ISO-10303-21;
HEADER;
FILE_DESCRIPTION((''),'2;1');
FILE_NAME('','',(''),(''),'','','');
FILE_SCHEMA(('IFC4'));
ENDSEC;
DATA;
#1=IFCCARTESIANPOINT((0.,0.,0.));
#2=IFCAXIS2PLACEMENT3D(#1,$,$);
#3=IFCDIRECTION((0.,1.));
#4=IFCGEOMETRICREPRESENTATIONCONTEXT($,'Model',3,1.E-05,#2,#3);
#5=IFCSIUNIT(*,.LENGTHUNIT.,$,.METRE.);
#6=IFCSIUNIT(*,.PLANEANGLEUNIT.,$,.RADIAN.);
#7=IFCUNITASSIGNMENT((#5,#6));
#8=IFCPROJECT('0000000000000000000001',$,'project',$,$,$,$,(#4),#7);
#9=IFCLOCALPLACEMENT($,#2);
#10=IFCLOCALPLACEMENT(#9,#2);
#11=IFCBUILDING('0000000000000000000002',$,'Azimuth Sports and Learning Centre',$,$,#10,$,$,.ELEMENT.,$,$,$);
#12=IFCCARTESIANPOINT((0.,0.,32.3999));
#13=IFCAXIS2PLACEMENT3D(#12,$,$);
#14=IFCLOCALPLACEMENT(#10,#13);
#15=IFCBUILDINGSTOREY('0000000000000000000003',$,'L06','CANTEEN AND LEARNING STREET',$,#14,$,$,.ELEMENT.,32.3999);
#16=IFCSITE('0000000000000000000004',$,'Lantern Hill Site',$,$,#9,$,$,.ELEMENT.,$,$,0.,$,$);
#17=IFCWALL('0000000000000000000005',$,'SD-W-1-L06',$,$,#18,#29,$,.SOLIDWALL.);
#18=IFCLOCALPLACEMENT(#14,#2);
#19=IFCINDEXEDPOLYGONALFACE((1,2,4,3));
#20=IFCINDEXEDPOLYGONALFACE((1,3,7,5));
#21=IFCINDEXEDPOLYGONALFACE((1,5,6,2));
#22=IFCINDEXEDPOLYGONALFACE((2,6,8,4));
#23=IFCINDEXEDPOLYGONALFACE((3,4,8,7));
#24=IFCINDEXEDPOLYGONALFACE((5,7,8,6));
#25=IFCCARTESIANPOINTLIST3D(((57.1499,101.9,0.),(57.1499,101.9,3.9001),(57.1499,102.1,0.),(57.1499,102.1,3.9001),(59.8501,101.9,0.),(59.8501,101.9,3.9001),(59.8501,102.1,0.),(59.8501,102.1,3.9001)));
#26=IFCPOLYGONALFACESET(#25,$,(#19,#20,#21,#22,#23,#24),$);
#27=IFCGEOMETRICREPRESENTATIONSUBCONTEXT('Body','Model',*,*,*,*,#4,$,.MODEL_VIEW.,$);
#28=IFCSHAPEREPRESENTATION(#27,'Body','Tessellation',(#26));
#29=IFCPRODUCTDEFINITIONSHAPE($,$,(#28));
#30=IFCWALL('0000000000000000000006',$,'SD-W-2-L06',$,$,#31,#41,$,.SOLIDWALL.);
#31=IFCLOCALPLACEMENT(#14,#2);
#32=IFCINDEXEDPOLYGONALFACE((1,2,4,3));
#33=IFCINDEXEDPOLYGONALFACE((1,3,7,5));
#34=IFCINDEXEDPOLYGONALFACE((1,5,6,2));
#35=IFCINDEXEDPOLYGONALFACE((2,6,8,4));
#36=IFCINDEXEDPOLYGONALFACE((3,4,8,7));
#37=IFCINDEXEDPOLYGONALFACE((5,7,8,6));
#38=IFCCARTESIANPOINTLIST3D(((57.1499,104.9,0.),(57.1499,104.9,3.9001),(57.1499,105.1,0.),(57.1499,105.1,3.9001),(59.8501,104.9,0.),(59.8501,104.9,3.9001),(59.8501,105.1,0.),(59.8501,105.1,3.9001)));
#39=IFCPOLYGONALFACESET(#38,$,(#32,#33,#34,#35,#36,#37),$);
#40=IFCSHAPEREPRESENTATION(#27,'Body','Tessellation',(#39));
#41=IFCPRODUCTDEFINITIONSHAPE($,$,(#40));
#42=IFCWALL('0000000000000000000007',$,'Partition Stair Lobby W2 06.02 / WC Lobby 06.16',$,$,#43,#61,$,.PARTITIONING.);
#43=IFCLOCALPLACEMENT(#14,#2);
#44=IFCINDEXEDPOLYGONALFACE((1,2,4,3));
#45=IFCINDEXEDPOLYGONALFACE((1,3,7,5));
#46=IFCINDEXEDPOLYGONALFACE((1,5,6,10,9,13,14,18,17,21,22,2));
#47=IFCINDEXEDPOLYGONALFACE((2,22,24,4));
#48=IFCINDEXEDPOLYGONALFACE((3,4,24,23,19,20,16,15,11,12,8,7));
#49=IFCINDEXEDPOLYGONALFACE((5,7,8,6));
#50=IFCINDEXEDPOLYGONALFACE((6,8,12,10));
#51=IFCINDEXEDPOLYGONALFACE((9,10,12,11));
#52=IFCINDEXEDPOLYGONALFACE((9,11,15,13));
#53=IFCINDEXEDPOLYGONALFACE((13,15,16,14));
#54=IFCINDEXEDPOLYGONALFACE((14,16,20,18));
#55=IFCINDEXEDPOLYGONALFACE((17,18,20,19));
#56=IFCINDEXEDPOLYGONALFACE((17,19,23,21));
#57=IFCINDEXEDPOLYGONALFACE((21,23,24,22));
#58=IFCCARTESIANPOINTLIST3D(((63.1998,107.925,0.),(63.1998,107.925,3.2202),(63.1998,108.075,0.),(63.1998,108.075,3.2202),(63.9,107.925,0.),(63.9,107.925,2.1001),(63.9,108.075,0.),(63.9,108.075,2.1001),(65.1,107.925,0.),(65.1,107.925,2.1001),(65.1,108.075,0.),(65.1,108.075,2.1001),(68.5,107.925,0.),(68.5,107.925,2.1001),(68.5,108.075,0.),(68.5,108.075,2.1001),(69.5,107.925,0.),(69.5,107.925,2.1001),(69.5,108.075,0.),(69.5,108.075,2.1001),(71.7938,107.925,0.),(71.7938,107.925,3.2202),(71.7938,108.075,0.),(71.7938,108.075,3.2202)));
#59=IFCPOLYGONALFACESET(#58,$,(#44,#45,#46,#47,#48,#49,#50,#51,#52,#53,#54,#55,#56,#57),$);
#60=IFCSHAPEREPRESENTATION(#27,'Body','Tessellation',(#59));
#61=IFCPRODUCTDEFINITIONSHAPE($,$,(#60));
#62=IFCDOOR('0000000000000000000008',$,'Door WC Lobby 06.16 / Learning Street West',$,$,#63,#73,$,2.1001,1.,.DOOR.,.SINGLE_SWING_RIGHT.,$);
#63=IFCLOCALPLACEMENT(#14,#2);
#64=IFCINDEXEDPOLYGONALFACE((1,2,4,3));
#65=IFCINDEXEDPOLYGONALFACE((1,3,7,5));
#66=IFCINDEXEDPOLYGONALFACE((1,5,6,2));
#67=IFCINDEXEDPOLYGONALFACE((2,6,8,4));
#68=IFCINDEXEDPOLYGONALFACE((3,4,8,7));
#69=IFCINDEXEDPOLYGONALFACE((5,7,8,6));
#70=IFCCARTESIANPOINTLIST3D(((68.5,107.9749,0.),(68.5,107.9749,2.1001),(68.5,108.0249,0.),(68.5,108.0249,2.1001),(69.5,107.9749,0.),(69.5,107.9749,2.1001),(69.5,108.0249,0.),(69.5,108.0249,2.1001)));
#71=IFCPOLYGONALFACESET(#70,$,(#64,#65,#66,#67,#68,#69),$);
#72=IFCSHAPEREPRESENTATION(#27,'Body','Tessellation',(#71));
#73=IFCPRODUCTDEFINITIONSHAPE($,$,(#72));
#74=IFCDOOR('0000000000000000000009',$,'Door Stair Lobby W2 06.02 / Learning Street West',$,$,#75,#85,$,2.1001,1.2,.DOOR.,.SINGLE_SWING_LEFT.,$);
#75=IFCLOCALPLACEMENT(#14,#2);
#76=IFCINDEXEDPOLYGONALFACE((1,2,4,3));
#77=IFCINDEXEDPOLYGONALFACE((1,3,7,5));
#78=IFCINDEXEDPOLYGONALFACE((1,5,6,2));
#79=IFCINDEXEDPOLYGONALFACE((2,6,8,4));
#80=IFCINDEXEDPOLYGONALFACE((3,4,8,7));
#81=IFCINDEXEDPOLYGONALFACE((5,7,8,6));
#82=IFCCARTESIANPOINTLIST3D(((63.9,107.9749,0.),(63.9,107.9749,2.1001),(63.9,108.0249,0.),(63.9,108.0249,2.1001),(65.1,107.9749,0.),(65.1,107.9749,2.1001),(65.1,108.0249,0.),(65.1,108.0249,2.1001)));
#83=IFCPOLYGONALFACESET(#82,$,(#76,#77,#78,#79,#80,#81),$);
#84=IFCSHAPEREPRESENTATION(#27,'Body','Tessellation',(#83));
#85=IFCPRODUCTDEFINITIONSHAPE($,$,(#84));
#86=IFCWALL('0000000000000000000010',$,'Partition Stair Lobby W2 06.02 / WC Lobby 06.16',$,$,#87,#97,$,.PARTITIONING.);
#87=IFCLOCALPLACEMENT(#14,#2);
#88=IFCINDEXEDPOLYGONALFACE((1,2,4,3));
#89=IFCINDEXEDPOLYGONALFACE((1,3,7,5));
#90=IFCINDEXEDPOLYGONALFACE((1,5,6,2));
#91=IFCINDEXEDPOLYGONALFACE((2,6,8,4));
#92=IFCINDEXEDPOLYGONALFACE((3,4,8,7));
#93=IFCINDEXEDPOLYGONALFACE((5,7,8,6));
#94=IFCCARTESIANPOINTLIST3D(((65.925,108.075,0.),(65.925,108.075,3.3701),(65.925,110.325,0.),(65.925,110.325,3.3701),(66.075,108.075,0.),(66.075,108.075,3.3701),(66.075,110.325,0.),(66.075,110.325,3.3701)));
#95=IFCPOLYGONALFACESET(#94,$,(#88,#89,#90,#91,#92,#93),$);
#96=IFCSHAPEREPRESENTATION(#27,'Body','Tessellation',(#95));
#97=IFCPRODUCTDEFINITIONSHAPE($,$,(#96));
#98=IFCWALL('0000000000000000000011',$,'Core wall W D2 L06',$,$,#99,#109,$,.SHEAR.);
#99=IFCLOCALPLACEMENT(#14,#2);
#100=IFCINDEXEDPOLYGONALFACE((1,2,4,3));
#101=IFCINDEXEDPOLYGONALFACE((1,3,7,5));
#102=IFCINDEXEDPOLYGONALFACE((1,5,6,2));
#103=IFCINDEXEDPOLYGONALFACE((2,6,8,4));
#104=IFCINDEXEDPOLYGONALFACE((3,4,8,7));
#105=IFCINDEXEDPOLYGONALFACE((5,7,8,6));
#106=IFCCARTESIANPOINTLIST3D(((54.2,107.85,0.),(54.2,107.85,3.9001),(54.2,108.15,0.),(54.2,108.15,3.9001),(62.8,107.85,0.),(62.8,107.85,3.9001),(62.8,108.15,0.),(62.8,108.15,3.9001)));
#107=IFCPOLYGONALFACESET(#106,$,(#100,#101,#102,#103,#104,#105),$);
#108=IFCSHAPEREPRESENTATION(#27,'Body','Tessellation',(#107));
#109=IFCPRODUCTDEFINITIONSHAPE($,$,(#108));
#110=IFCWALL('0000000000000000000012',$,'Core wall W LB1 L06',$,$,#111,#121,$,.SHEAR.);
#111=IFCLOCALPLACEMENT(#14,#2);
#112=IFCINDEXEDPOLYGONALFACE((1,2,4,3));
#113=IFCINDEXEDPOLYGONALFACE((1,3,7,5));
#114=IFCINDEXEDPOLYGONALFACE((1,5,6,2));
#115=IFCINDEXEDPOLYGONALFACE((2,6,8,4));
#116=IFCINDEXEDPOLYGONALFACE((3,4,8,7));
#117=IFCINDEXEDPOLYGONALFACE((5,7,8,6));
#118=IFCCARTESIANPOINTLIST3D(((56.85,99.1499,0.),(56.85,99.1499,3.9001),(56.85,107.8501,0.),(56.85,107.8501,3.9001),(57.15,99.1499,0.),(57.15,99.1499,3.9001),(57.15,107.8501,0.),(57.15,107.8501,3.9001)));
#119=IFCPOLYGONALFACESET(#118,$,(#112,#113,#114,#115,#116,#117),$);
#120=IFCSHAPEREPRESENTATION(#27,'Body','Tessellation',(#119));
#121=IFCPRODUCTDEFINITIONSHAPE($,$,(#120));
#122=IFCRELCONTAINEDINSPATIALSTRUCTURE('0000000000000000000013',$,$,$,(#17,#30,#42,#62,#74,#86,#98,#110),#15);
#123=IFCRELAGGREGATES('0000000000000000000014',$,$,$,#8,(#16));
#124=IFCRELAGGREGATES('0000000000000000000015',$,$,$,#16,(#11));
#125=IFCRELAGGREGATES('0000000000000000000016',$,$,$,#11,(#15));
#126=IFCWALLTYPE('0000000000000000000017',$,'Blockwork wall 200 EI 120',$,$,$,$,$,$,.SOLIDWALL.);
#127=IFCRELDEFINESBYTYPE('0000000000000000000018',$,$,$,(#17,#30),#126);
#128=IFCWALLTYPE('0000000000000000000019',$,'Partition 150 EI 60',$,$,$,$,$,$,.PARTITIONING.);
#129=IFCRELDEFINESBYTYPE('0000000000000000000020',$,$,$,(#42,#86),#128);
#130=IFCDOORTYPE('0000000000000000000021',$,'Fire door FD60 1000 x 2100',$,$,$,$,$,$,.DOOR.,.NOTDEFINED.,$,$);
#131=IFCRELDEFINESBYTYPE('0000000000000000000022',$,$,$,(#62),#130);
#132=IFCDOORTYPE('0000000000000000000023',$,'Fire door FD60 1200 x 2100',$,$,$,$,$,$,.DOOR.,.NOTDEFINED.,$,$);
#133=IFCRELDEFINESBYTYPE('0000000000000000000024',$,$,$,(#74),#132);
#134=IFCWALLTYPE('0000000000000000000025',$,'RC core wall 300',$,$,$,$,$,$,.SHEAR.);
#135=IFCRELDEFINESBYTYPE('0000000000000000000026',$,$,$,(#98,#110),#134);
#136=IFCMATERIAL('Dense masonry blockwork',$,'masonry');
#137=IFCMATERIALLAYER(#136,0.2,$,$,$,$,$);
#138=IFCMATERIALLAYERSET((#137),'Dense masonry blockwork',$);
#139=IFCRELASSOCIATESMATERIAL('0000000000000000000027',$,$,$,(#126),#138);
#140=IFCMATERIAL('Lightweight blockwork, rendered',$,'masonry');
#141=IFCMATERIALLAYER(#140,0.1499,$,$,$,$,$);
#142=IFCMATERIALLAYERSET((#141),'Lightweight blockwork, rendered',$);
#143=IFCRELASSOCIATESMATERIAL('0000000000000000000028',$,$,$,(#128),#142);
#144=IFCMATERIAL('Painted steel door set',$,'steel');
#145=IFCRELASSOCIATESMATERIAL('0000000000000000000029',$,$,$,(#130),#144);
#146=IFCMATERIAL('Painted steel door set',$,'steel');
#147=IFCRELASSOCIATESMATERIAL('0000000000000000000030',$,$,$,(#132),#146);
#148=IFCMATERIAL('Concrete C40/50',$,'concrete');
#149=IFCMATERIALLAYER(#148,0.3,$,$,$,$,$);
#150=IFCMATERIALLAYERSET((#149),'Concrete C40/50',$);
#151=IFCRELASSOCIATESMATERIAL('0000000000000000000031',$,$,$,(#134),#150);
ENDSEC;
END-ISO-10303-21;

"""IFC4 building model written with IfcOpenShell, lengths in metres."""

from ifc_helpers import new_model, si_unit, direction, frame, frame_2d, origin, place, context, subcontext, project, spatial, rectangle, extrude, material, layer, layer_set, type_object, element, fill, save


model = new_model("IFC4")

# Units and contexts
model_context = context("Model", 3, precision=1e-05, world=origin(), true_north=direction((0.0, 1.0)))
body_context = subcontext(model_context, "Body", "Model", "MODEL_VIEW")
ifc_project = project(units=[si_unit("LENGTHUNIT", "METRE"), si_unit("PLANEANGLEUNIT", "RADIAN")], contexts=[model_context])

# Site, building, storey
site_placement = place(None, origin())
site = spatial("IfcSite", under=ifc_project, at=site_placement, Name="Lantern Hill Site", CompositionType="ELEMENT", RefElevation=0.0)
building_placement = place(site_placement, origin())
building = spatial("IfcBuilding", under=site, at=building_placement, Name="Azimuth Sports and Learning Centre", CompositionType="ELEMENT")
storey_placement = place(building_placement, frame((0.0, 0.0, 32.3999)))
storey = spatial("IfcBuildingStorey", under=building, at=storey_placement, Name="L06", Description="CANTEEN AND LEARNING STREET", CompositionType="ELEMENT", Elevation=32.3999)

# Walls
ifc_material_1 = material(Name="Dense masonry blockwork", Category="masonry")
ifc_layer_1 = layer(ifc_material_1, 0.2)
ifc_layer_set_1 = layer_set([ifc_layer_1], Name="Dense masonry blockwork")
wall_type_1 = type_object("IfcWallType", Name="Blockwork wall 200 EI 120", PredefinedType="SOLIDWALL", material=ifc_layer_set_1)
for number, where, z_axis, x_axis, name in (
    (1, (57.1499, 102.0, 0.0), (0.0, 0.0, 1.0), (1.0, 0.0, 0.0), "SD-W-1-L06"),
    (2, (57.1499, 105.0, 0.0), (0.0, 0.0, 1.0), (1.0, 0.0, 0.0), "SD-W-2-L06"),
):
    element("IfcWall", number, at=place(storey_placement, frame(where, z_axis=z_axis, x_axis=x_axis)), inside=storey, type_object=wall_type_1, Name=name, PredefinedType="SOLIDWALL", context=body_context, shape_type="SweptSolid", body=[
        extrude(rectangle(XDim=2.7002, YDim=0.2, at=frame_2d((1.3501, 0.0))), origin(), (0.0, 0.0, 1.0), 3.9001),
    ])

# Wall, openings, doors
ifc_material_2 = material(Name="Lightweight blockwork, rendered", Category="masonry")
ifc_layer_2 = layer(ifc_material_2, 0.1499)
ifc_layer_set_2 = layer_set([ifc_layer_2], Name="Lightweight blockwork, rendered")
wall_type_2 = type_object("IfcWallType", Name="Partition 150 EI 60", PredefinedType="PARTITIONING", material=ifc_layer_set_2)
wall_1_placement = place(storey_placement, frame((63.2, 108.0, 0.0), z_axis=(0.0, 0.0, 1.0), x_axis=(1.0, 0.0, 0.0)))
wall_1 = element("IfcWall", 3, at=wall_1_placement, inside=storey, type_object=wall_type_2, Name="Partition Stair Lobby W2 06.02 / WC Lobby 06.16", PredefinedType="PARTITIONING", context=body_context, shape_type="SweptSolid", body=[
    extrude(rectangle(XDim=8.594, YDim=0.1499, at=frame_2d((4.2969, 0.0))), origin(), (0.0, 0.0, 1.0), 3.2202),
])
opening_1_placement = place(wall_1_placement, frame((0.7, 0.0, 0.0)))
opening_1 = element("IfcOpeningElement", 4, at=opening_1_placement, cuts=wall_1, PredefinedType="OPENING", context=body_context, shape_type="SweptSolid", body=[
    extrude(rectangle(XDim=1.2, YDim=2.1001, at=frame_2d((0.6001, 1.05))), frame((0.0, 0.0859, 0.0), z_axis=(0.0, -1.0, 0.0), x_axis=(1.0, 0.0, 0.0)), (0.0, 0.0, 1.0), 0.1719),
])
opening_2_placement = place(wall_1_placement, frame((5.3, 0.0, 0.0)))
opening_2 = element("IfcOpeningElement", 5, at=opening_2_placement, cuts=wall_1, PredefinedType="OPENING", context=body_context, shape_type="SweptSolid", body=[
    extrude(rectangle(XDim=1.0, YDim=2.1001, at=frame_2d((0.5, 1.05))), frame((0.0, 0.0859, 0.0), z_axis=(0.0, -1.0, 0.0), x_axis=(1.0, 0.0, 0.0)), (0.0, 0.0, 1.0), 0.1719),
])
ifc_material_3 = material(Name="Painted steel door set", Category="steel")
door_type_1 = type_object("IfcDoorType", Name="Fire door FD60 1000 x 2100", OperationType="NOTDEFINED", PredefinedType="DOOR", material=ifc_material_3)
door_1_placement = place(opening_2_placement, origin())
door_1 = element("IfcDoor", 6, at=door_1_placement, inside=storey, type_object=door_type_1, Name="Door WC Lobby 06.16 / Learning Street West", OperationType="SINGLE_SWING_RIGHT", OverallHeight=2.1001, OverallWidth=1.0, PredefinedType="DOOR", context=body_context, shape_type="SweptSolid", body=[
    extrude(rectangle(XDim=1.0, YDim=2.1001, at=frame_2d((0.5, 1.05))), frame((0.0, 0.0249, 0.0), z_axis=(0.0, -1.0, 0.0), x_axis=(1.0, 0.0, 0.0)), (0.0, 0.0, 1.0), 0.05),
])
fill(opening_2, door_1)
ifc_material_4 = material(Name="Painted steel door set", Category="steel")
door_type_2 = type_object("IfcDoorType", Name="Fire door FD60 1200 x 2100", OperationType="NOTDEFINED", PredefinedType="DOOR", material=ifc_material_4)
door_2_placement = place(opening_1_placement, origin())
door_2 = element("IfcDoor", 7, at=door_2_placement, inside=storey, type_object=door_type_2, Name="Door Stair Lobby W2 06.02 / Learning Street West", OperationType="SINGLE_SWING_LEFT", OverallHeight=2.1001, OverallWidth=1.2, PredefinedType="DOOR", context=body_context, shape_type="SweptSolid", body=[
    extrude(rectangle(XDim=1.2, YDim=2.1001, at=frame_2d((0.6001, 1.05))), frame((0.0, 0.0249, 0.0), z_axis=(0.0, -1.0, 0.0), x_axis=(1.0, 0.0, 0.0)), (0.0, 0.0, 1.0), 0.05),
])
fill(opening_1, door_2)

# Walls
wall_2_placement = place(storey_placement, frame((66.0, 108.075, 0.0), z_axis=(0.0, 0.0, 1.0), x_axis=(0.0, 1.0, 0.0)))
element("IfcWall", 8, at=wall_2_placement, inside=storey, type_object=wall_type_2, Name="Partition Stair Lobby W2 06.02 / WC Lobby 06.16", PredefinedType="PARTITIONING", context=body_context, shape_type="SweptSolid", body=[
    extrude(rectangle(XDim=2.25, YDim=0.1499, at=frame_2d((1.125, 0.0))), origin(), (0.0, 0.0, 1.0), 3.3701),
])
ifc_material_5 = material(Name="Concrete C40/50", Category="concrete")
ifc_layer_3 = layer(ifc_material_5, 0.3)
ifc_layer_set_3 = layer_set([ifc_layer_3], Name="Concrete C40/50")
wall_type_3 = type_object("IfcWallType", Name="RC core wall 300", PredefinedType="SHEAR", material=ifc_layer_set_3)
wall_3_placement = place(storey_placement, frame((54.2, 108.0, 0.0), z_axis=(0.0, 0.0, 1.0), x_axis=(1.0, 0.0, 0.0)))
element("IfcWall", 9, at=wall_3_placement, inside=storey, type_object=wall_type_3, Name="Core wall W D2 L06", PredefinedType="SHEAR", context=body_context, shape_type="SweptSolid", body=[
    extrude(rectangle(XDim=8.6001, YDim=0.3, at=frame_2d((4.3, 0.0))), origin(), (0.0, 0.0, 1.0), 3.9001),
])
wall_4_placement = place(storey_placement, frame((57.0, 99.1499, 0.0), z_axis=(0.0, 0.0, 1.0), x_axis=(0.0, 1.0, 0.0)))
element("IfcWall", 10, at=wall_4_placement, inside=storey, type_object=wall_type_3, Name="Core wall W LB1 L06", PredefinedType="SHEAR", context=body_context, shape_type="SweptSolid", body=[
    extrude(rectangle(XDim=8.7002, YDim=0.3, at=frame_2d((4.3501, 0.0))), origin(), (0.0, 0.0, 1.0), 3.9001),
])

save(model, "model.ifc")
